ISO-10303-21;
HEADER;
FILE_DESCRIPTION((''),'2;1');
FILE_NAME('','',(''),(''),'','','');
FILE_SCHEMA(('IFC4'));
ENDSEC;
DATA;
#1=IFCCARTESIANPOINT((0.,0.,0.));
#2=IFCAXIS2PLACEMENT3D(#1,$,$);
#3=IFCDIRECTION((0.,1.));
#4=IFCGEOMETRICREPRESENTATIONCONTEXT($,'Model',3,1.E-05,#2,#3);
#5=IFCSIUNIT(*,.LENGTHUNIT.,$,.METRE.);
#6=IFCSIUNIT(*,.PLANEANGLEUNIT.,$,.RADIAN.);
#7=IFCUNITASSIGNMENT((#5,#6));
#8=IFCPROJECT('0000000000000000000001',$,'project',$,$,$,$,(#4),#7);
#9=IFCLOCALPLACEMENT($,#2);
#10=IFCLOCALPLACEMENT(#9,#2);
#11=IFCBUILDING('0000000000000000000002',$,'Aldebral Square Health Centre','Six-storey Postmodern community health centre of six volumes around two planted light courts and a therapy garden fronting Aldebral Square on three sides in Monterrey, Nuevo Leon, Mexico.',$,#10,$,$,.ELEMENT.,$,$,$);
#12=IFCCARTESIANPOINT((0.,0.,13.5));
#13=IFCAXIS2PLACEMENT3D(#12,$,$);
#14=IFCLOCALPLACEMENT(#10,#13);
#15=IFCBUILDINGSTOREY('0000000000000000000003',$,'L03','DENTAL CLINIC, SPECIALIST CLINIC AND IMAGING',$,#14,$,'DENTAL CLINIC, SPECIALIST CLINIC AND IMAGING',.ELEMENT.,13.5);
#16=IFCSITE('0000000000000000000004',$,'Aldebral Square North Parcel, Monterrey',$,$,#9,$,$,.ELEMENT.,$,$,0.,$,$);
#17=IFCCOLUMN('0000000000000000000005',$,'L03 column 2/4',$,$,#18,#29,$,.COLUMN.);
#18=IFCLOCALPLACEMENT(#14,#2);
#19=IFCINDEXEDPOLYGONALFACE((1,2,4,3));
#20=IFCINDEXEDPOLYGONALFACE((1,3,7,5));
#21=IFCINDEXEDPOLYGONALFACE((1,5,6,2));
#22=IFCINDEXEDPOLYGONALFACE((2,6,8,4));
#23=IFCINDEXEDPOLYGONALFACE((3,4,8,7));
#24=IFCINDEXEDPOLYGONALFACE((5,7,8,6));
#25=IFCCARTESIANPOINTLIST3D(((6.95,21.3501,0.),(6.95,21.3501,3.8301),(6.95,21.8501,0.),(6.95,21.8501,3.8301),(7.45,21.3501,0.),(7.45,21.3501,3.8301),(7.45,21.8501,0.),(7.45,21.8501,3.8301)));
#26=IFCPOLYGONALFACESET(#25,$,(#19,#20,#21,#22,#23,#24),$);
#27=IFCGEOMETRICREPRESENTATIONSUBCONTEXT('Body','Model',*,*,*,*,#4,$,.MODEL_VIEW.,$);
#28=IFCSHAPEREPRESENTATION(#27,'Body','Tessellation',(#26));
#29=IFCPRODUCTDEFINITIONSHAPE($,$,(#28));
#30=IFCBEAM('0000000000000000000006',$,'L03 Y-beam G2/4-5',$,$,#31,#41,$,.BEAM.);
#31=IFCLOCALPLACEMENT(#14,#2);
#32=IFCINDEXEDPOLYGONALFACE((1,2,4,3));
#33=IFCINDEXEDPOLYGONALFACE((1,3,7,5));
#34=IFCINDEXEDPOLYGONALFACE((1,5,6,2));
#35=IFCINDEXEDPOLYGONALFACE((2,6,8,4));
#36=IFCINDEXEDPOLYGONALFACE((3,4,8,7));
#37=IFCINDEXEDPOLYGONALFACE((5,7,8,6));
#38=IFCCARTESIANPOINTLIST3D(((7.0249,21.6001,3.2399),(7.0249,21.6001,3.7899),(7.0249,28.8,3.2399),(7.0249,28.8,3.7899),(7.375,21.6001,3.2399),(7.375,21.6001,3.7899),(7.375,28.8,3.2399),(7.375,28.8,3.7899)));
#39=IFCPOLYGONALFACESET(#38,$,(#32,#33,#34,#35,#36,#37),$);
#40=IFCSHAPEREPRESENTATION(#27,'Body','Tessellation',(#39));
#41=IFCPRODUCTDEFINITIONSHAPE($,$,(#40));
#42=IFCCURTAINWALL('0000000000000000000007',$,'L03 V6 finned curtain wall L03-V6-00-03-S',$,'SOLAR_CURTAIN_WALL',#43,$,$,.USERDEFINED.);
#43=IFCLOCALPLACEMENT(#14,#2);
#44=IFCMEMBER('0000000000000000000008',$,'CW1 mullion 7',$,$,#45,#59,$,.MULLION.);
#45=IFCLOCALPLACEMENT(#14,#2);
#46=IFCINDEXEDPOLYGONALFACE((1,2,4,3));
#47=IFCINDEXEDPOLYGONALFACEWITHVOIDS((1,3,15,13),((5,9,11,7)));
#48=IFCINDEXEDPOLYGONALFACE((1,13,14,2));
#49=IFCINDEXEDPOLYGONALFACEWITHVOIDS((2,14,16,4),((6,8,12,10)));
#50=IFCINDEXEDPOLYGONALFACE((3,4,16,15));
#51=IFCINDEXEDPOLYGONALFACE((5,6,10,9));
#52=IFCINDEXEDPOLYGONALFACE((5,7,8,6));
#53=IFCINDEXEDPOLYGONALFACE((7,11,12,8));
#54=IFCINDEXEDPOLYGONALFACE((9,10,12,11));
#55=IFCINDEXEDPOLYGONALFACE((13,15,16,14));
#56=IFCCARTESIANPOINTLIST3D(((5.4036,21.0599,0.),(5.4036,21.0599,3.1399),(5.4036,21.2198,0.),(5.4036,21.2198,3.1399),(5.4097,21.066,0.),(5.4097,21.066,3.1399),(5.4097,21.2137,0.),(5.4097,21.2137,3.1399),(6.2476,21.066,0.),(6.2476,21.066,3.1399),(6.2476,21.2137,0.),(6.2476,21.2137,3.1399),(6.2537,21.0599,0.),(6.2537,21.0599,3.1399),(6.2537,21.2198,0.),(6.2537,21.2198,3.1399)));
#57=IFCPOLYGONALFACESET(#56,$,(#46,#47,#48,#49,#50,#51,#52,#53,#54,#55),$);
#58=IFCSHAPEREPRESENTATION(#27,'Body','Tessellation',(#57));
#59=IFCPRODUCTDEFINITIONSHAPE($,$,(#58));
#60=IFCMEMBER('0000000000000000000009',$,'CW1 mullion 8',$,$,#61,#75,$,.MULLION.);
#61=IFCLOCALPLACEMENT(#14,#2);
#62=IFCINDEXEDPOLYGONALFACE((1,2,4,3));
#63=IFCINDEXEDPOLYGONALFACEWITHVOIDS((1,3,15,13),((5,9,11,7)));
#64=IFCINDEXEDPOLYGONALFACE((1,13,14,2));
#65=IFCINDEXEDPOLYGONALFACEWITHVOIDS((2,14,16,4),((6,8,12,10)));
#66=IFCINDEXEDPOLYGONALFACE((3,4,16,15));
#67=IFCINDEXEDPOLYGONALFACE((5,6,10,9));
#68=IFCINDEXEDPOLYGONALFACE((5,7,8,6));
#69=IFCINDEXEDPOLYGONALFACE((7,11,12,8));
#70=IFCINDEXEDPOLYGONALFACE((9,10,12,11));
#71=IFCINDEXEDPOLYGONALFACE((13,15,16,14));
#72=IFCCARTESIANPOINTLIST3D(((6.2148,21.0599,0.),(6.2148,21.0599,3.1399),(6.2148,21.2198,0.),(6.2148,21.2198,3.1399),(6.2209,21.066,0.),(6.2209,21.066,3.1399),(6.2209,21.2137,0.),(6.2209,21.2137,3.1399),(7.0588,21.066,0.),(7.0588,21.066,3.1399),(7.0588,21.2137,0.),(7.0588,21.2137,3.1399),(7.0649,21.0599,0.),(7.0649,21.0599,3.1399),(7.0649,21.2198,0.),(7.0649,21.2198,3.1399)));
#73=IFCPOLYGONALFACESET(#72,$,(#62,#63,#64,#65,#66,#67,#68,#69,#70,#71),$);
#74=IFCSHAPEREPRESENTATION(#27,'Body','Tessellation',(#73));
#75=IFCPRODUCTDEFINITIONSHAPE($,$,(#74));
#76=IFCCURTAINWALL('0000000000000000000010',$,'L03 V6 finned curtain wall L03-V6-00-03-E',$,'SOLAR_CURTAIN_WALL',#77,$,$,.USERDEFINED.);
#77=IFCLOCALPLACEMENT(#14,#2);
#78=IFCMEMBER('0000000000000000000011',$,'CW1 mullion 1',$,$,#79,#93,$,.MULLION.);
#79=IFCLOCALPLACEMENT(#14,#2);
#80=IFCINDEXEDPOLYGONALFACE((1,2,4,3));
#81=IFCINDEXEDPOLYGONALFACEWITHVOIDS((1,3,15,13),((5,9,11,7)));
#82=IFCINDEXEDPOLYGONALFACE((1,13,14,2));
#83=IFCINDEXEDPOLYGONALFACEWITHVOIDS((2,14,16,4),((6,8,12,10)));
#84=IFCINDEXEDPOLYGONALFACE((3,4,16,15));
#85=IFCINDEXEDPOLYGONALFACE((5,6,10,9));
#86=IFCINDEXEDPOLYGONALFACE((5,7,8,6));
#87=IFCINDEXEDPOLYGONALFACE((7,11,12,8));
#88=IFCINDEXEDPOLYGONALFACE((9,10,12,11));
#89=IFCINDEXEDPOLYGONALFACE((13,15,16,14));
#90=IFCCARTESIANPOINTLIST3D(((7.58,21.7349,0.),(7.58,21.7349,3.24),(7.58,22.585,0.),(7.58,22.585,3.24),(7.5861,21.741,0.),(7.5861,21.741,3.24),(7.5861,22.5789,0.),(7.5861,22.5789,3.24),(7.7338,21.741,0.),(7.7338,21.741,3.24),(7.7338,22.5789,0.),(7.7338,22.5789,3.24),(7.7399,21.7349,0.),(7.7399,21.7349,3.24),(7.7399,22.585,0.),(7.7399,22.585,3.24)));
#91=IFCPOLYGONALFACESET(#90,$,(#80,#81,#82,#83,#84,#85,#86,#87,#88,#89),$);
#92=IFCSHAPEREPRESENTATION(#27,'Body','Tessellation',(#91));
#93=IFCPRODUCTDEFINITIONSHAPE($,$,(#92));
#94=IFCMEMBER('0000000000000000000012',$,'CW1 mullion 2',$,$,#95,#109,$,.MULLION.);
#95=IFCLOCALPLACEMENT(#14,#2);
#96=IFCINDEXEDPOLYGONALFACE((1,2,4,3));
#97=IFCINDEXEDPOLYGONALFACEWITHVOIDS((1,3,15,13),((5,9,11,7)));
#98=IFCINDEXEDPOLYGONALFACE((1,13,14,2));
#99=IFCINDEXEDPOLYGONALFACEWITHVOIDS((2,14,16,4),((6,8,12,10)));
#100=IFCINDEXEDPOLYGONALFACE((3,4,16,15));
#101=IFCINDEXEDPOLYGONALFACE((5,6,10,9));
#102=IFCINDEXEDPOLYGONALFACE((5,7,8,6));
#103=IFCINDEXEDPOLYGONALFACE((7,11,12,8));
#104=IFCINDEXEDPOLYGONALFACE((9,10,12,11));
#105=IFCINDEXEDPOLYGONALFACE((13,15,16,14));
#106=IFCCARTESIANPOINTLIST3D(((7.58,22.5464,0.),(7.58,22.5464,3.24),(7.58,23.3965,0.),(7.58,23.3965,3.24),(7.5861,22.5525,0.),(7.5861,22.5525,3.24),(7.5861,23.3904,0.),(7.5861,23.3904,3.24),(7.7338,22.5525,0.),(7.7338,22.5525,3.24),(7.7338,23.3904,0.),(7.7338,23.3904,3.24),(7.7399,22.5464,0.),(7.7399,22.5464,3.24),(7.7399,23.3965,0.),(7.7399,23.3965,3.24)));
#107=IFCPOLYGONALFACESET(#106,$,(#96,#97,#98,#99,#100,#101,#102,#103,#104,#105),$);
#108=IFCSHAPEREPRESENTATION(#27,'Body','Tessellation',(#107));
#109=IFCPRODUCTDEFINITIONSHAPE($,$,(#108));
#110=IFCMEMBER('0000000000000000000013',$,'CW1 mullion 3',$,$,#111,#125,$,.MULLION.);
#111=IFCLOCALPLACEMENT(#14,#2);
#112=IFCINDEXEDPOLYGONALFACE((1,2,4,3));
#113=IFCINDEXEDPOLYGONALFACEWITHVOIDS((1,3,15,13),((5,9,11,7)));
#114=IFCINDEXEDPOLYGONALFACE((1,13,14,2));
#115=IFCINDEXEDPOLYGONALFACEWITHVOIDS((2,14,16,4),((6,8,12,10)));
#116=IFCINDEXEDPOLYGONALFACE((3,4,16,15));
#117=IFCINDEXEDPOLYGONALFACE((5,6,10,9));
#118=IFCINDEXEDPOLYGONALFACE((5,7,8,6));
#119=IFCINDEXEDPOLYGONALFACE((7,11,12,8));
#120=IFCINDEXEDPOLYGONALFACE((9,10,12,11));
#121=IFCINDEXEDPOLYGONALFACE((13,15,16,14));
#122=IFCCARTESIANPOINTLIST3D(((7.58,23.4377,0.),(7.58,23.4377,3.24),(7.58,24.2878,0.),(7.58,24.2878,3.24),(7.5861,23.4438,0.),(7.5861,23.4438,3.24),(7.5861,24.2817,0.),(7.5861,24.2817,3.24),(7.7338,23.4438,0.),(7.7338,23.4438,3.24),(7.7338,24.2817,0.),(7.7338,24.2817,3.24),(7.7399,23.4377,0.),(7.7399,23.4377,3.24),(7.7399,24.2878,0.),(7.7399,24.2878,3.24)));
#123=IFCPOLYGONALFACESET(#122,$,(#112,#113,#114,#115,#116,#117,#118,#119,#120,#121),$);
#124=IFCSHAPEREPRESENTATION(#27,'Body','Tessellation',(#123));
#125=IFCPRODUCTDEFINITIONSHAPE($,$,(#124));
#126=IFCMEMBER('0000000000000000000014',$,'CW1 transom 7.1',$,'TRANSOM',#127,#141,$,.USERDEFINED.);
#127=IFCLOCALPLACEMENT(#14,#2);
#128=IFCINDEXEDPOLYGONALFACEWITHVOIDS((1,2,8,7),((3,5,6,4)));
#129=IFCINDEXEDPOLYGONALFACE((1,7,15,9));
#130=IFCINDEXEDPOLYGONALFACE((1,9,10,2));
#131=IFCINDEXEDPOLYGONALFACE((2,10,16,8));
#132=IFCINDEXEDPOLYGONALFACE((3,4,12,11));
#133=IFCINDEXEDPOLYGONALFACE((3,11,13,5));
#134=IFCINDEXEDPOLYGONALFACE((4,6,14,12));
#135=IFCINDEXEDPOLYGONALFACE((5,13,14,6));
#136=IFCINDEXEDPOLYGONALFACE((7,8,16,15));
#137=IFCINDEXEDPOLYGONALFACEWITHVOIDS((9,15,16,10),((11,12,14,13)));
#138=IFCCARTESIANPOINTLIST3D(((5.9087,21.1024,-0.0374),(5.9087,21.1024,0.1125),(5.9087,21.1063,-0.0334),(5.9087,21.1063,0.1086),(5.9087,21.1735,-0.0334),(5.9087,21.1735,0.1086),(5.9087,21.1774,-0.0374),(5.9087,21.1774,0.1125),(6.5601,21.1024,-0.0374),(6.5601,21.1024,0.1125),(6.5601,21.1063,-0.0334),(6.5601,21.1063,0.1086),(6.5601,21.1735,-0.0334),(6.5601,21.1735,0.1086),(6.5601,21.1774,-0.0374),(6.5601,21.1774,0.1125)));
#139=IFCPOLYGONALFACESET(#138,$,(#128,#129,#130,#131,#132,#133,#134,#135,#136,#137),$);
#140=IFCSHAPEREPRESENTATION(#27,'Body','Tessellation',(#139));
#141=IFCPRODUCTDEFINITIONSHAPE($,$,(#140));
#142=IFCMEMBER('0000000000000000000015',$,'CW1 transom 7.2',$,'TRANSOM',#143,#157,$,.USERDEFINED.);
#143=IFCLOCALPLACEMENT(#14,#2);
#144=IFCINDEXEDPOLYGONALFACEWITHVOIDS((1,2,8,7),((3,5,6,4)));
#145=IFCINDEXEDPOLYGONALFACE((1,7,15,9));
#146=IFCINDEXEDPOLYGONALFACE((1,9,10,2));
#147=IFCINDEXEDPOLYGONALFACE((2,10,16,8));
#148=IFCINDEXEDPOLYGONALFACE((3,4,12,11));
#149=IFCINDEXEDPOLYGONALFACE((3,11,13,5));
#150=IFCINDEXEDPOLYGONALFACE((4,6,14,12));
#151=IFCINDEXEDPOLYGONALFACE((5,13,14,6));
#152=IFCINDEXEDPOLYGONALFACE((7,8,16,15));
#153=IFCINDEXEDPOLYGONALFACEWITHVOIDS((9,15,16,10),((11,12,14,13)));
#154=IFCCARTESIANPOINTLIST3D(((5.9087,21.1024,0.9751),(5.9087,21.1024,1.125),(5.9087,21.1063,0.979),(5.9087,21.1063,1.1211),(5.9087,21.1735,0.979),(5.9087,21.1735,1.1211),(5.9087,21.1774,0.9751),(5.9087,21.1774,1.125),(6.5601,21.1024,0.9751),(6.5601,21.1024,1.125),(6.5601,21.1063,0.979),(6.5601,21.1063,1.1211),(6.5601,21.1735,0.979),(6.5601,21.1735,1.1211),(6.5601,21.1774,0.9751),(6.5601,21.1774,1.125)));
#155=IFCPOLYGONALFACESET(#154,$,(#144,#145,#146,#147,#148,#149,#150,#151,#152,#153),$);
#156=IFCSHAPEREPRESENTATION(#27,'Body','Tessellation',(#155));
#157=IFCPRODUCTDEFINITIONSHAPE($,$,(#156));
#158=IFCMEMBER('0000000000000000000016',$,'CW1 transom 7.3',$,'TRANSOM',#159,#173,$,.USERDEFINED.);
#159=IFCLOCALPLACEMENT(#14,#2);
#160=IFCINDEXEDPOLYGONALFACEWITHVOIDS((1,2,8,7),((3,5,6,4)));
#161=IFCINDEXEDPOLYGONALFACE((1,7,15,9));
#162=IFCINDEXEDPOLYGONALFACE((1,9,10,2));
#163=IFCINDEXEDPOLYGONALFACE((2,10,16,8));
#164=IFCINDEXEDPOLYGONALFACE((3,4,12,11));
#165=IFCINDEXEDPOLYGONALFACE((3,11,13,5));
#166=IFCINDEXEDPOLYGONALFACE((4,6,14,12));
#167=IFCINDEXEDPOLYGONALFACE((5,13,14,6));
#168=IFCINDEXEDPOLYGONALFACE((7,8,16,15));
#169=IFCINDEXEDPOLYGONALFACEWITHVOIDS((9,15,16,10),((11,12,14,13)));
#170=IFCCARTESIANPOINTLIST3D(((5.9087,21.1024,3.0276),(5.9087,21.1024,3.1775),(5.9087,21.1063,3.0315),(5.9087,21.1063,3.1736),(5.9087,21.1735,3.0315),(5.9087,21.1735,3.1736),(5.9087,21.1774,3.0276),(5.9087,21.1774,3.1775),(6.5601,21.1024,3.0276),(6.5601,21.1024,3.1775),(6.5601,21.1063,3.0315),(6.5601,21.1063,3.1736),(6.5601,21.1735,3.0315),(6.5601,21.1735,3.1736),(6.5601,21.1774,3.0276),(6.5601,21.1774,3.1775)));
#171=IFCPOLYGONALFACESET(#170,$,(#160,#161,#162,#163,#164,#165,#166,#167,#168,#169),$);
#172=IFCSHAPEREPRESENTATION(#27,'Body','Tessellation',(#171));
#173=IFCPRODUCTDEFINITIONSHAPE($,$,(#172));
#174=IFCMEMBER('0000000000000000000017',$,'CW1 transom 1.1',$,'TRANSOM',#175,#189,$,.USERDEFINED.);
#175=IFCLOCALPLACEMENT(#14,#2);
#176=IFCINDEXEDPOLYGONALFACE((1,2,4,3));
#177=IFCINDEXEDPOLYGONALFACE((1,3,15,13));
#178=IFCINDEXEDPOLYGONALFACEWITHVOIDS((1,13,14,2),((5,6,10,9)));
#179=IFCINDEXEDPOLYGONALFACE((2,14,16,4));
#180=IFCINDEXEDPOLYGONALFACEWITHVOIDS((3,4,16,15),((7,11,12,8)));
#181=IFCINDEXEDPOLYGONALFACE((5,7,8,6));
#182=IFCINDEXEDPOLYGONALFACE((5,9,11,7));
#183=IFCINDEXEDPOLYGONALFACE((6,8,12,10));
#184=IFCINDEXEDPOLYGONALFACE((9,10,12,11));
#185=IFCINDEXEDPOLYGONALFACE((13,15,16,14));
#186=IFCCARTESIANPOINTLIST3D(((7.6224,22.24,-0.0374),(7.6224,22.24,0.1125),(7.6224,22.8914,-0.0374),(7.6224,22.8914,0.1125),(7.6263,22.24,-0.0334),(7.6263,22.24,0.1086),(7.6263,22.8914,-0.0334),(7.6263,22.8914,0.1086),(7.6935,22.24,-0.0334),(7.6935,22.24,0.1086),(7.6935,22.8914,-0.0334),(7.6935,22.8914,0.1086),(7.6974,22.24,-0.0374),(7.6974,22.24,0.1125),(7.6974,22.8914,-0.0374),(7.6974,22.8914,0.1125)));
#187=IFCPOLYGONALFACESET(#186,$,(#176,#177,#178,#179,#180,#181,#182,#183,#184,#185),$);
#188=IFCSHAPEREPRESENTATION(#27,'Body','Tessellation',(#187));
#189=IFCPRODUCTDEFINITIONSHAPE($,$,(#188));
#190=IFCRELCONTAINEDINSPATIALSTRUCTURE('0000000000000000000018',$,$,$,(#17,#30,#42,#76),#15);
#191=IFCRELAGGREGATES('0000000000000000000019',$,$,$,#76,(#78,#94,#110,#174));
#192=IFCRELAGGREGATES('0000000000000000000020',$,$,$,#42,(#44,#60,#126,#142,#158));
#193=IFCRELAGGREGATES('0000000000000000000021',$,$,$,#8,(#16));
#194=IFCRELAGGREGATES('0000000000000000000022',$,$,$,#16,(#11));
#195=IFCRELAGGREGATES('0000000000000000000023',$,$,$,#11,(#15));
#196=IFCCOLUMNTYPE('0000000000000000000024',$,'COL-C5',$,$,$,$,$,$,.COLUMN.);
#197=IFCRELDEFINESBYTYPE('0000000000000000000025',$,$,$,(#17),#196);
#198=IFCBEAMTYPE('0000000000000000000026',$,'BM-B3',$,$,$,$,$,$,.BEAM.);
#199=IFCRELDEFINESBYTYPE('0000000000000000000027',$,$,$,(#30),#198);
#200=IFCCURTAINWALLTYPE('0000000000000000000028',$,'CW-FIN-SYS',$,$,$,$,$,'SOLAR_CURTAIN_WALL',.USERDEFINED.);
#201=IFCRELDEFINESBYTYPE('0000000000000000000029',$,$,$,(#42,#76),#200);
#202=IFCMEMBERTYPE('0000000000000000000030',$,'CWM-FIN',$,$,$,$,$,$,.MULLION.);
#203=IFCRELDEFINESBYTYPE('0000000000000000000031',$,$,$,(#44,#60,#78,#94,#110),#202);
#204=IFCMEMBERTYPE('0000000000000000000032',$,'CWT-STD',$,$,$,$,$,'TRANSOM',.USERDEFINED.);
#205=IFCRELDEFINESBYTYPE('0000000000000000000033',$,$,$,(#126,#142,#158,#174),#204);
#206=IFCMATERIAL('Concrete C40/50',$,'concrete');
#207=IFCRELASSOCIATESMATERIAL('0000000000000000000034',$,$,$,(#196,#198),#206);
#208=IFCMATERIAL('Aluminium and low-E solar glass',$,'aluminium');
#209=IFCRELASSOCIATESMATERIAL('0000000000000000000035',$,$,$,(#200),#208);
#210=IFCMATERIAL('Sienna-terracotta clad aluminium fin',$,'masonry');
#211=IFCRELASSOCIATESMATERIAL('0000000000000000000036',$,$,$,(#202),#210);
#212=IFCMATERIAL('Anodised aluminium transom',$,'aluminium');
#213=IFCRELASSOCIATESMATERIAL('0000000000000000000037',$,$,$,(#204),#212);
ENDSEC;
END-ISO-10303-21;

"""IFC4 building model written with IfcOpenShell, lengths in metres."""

from ifc_helpers import new_model, si_unit, direction, frame, origin, origin_2d, place, context, subcontext, project, spatial, rectangle, hollow_rectangle, extrude, material, material_profile, profile_set, type_object, element, aggregate, save


model = new_model("IFC4")

# Units and contexts
model_context = context("Model", 3, precision=1e-05, world=origin(), true_north=direction((0.0, 1.0)))
body_context = subcontext(model_context, "Body", "Model", "MODEL_VIEW")
ifc_project = project(units=[si_unit("LENGTHUNIT", "METRE"), si_unit("PLANEANGLEUNIT", "RADIAN")], contexts=[model_context])

# Site, building, storey
site_placement = place(None, origin())
site = spatial("IfcSite", under=ifc_project, at=site_placement, Name="Aldebral Square North Parcel, Monterrey", CompositionType="ELEMENT", RefElevation=0.0)
building_placement = place(site_placement, origin())
building = spatial("IfcBuilding", under=site, at=building_placement, Name="Aldebral Square Health Centre", Description="Six-storey Postmodern community health centre of six volumes around two planted light courts and a therapy garden fronting Aldebral Square on three sides in Monterrey, Nuevo Leon, Mexico.", CompositionType="ELEMENT")
storey_placement = place(building_placement, frame((0.0, 0.0, 13.5)))
storey = spatial("IfcBuildingStorey", under=building, at=storey_placement, Name="L03", Description="DENTAL CLINIC, SPECIALIST CLINIC AND IMAGING", LongName="DENTAL CLINIC, SPECIALIST CLINIC AND IMAGING", CompositionType="ELEMENT", Elevation=13.5)

# Column
ifc_material_1 = material(Name="Concrete C40/50", Category="concrete")
ifc_material_profile_1 = material_profile(ifc_material_1, rectangle(XDim=0.5, YDim=0.5, at=origin_2d()), Name="RC 500x500")
ifc_profile_set_1 = profile_set([ifc_material_profile_1], Name="Concrete C40/50")
column_type = type_object("IfcColumnType", Name="COL-C5", PredefinedType="COLUMN", material=ifc_profile_set_1)
column_placement = place(storey_placement, frame((7.2, 21.6001, 0.0), z_axis=(0.0, 0.0, 1.0), x_axis=(1.0, 0.0, 0.0)))
element("IfcColumn", 1, at=column_placement, inside=storey, type_object=column_type, Name="L03 column 2/4", PredefinedType="COLUMN", context=body_context, shape_type="SweptSolid", body=[
    extrude(rectangle(XDim=0.5, YDim=0.5, at=origin_2d()), origin(), (0.0, 0.0, 1.0), 3.8301),
])

# Beam
ifc_material_profile_2 = material_profile(ifc_material_1, rectangle(XDim=0.3501, YDim=0.55, at=origin_2d()), Name="RC 350x550")
ifc_profile_set_2 = profile_set([ifc_material_profile_2], Name="Concrete C40/50")
beam_type = type_object("IfcBeamType", Name="BM-B3", PredefinedType="BEAM", material=ifc_profile_set_2)
beam_placement = place(storey_placement, frame((7.2, 21.6001, 3.5149), z_axis=(0.0, 1.0, 0.0), x_axis=(-1.0, 0.0, 0.0)))
element("IfcBeam", 2, at=beam_placement, inside=storey, type_object=beam_type, Name="L03 Y-beam G2/4-5", PredefinedType="BEAM", context=body_context, shape_type="SweptSolid", body=[
    extrude(rectangle(XDim=0.3501, YDim=0.55, at=origin_2d()), origin(), (0.0, 0.0, 1.0), 7.2),
])

# Curtain walls, members
ifc_material_2 = material(Name="Aluminium and low-E solar glass", Category="aluminium")
curtain_wall_type = type_object("IfcCurtainWallType", Name="CW-FIN-SYS", ElementType="SOLAR_CURTAIN_WALL", PredefinedType="USERDEFINED", material=ifc_material_2)
curtain_wall_1_placement = place(storey_placement, origin())
curtain_wall_1 = element("IfcCurtainWall", 3, at=curtain_wall_1_placement, inside=storey, type_object=curtain_wall_type, Name="L03 V6 finned curtain wall L03-V6-00-03-S", ObjectType="SOLAR_CURTAIN_WALL", PredefinedType="USERDEFINED")
ifc_material_3 = material(Name="Sienna-terracotta clad aluminium fin", Category="masonry")
ifc_material_profile_3 = material_profile(ifc_material_3, hollow_rectangle(XDim=0.1599, YDim=0.8501, WallThickness=0.0061, at=origin_2d()), Name="FIN 160x850x6")
ifc_profile_set_3 = profile_set([ifc_material_profile_3], Name="Sienna-terracotta clad aluminium fin")
member_type_1 = type_object("IfcMemberType", Name="CWM-FIN", PredefinedType="MULLION", material=ifc_profile_set_3)
member_1_placement = place(storey_placement, frame((5.8286, 21.1399, 0.0), z_axis=(0.0, 0.0, 1.0), x_axis=(0.0, 1.0, 0.0)))
member_1 = element("IfcMember", 4, at=member_1_placement, type_object=member_type_1, Name="CW1 mullion 7", PredefinedType="MULLION", context=body_context, shape_type="SweptSolid", body=[
    extrude(hollow_rectangle(XDim=0.1599, YDim=0.8501, WallThickness=0.0061, at=origin_2d()), origin(), (0.0, 0.0, 1.0), 3.1399),
])
member_2_placement = place(storey_placement, frame((6.6399, 21.1399, 0.0), z_axis=(0.0, 0.0, 1.0), x_axis=(0.0, 1.0, 0.0)))
member_2 = element("IfcMember", 5, at=member_2_placement, type_object=member_type_1, Name="CW1 mullion 8", PredefinedType="MULLION", context=body_context, shape_type="SweptSolid", body=[
    extrude(hollow_rectangle(XDim=0.1599, YDim=0.8501, WallThickness=0.0061, at=origin_2d()), origin(), (0.0, 0.0, 1.0), 3.1399),
])
curtain_wall_2_placement = place(storey_placement, origin())
curtain_wall_2 = element("IfcCurtainWall", 6, at=curtain_wall_2_placement, inside=storey, type_object=curtain_wall_type, Name="L03 V6 finned curtain wall L03-V6-00-03-E", ObjectType="SOLAR_CURTAIN_WALL", PredefinedType="USERDEFINED")
member_3_placement = place(storey_placement, frame((7.6599, 22.1599, 0.0), z_axis=(0.0, 0.0, 1.0), x_axis=(-1.0, 0.0, 0.0)))
member_3 = element("IfcMember", 7, at=member_3_placement, type_object=member_type_1, Name="CW1 mullion 1", PredefinedType="MULLION", context=body_context, shape_type="SweptSolid", body=[
    extrude(hollow_rectangle(XDim=0.1599, YDim=0.8501, WallThickness=0.0061, at=origin_2d()), origin(), (0.0, 0.0, 1.0), 3.24),
])
member_4_placement = place(storey_placement, frame((7.6599, 22.9714, 0.0), z_axis=(0.0, 0.0, 1.0), x_axis=(-1.0, 0.0, 0.0)))
member_4 = element("IfcMember", 8, at=member_4_placement, type_object=member_type_1, Name="CW1 mullion 2", PredefinedType="MULLION", context=body_context, shape_type="SweptSolid", body=[
    extrude(hollow_rectangle(XDim=0.1599, YDim=0.8501, WallThickness=0.0061, at=origin_2d()), origin(), (0.0, 0.0, 1.0), 3.24),
])
member_5_placement = place(storey_placement, frame((7.6599, 23.8628, 0.0), z_axis=(0.0, 0.0, 1.0), x_axis=(-1.0, 0.0, 0.0)))
member_5 = element("IfcMember", 9, at=member_5_placement, type_object=member_type_1, Name="CW1 mullion 3", PredefinedType="MULLION", context=body_context, shape_type="SweptSolid", body=[
    extrude(hollow_rectangle(XDim=0.1599, YDim=0.8501, WallThickness=0.0061, at=origin_2d()), origin(), (0.0, 0.0, 1.0), 3.24),
])

# Members
ifc_material_4 = material(Name="Anodised aluminium transom", Category="aluminium")
ifc_material_profile_4 = material_profile(ifc_material_4, hollow_rectangle(XDim=0.075, YDim=0.1499, WallThickness=0.0039, at=origin_2d()), Name="CWT 75x150x4")
ifc_profile_set_4 = profile_set([ifc_material_profile_4], Name="Anodised aluminium transom")
member_type_2 = type_object("IfcMemberType", Name="CWT-STD", ElementType="TRANSOM", PredefinedType="USERDEFINED", material=ifc_profile_set_4)
member_6_placement = place(storey_placement, frame((5.9087, 21.1399, 0.0376), z_axis=(1.0, 0.0, 0.0), x_axis=(0.0, 1.0, 0.0)))
member_6 = element("IfcMember", 10, at=member_6_placement, type_object=member_type_2, Name="CW1 transom 7.1", ObjectType="TRANSOM", PredefinedType="USERDEFINED", context=body_context, shape_type="SweptSolid", body=[
    extrude(hollow_rectangle(XDim=0.075, YDim=0.1499, WallThickness=0.0039, at=origin_2d()), origin(), (0.0, 0.0, 1.0), 0.6514),
])
member_7_placement = place(storey_placement, frame((5.9087, 21.1399, 1.05), z_axis=(1.0, 0.0, 0.0), x_axis=(0.0, 1.0, 0.0)))
member_7 = element("IfcMember", 11, at=member_7_placement, type_object=member_type_2, Name="CW1 transom 7.2", ObjectType="TRANSOM", PredefinedType="USERDEFINED", context=body_context, shape_type="SweptSolid", body=[
    extrude(hollow_rectangle(XDim=0.075, YDim=0.1499, WallThickness=0.0039, at=origin_2d()), origin(), (0.0, 0.0, 1.0), 0.6514),
])
member_8_placement = place(storey_placement, frame((5.9087, 21.1399, 3.1025), z_axis=(1.0, 0.0, 0.0), x_axis=(0.0, 1.0, 0.0)))
member_8 = element("IfcMember", 12, at=member_8_placement, type_object=member_type_2, Name="CW1 transom 7.3", ObjectType="TRANSOM", PredefinedType="USERDEFINED", context=body_context, shape_type="SweptSolid", body=[
    extrude(hollow_rectangle(XDim=0.075, YDim=0.1499, WallThickness=0.0039, at=origin_2d()), origin(), (0.0, 0.0, 1.0), 0.6514),
])
member_9_placement = place(storey_placement, frame((7.6599, 22.24, 0.0376), z_axis=(0.0, 1.0, 0.0), x_axis=(-1.0, 0.0, 0.0)))
member_9 = element("IfcMember", 13, at=member_9_placement, type_object=member_type_2, Name="CW1 transom 1.1", ObjectType="TRANSOM", PredefinedType="USERDEFINED", context=body_context, shape_type="SweptSolid", body=[
    extrude(hollow_rectangle(XDim=0.075, YDim=0.1499, WallThickness=0.0039, at=origin_2d()), origin(), (0.0, 0.0, 1.0), 0.6514),
])

aggregate(curtain_wall_2, [member_3, member_4, member_5, member_9])
aggregate(curtain_wall_1, [member_1, member_2, member_6, member_7, member_8])

save(model, "model.ifc")
